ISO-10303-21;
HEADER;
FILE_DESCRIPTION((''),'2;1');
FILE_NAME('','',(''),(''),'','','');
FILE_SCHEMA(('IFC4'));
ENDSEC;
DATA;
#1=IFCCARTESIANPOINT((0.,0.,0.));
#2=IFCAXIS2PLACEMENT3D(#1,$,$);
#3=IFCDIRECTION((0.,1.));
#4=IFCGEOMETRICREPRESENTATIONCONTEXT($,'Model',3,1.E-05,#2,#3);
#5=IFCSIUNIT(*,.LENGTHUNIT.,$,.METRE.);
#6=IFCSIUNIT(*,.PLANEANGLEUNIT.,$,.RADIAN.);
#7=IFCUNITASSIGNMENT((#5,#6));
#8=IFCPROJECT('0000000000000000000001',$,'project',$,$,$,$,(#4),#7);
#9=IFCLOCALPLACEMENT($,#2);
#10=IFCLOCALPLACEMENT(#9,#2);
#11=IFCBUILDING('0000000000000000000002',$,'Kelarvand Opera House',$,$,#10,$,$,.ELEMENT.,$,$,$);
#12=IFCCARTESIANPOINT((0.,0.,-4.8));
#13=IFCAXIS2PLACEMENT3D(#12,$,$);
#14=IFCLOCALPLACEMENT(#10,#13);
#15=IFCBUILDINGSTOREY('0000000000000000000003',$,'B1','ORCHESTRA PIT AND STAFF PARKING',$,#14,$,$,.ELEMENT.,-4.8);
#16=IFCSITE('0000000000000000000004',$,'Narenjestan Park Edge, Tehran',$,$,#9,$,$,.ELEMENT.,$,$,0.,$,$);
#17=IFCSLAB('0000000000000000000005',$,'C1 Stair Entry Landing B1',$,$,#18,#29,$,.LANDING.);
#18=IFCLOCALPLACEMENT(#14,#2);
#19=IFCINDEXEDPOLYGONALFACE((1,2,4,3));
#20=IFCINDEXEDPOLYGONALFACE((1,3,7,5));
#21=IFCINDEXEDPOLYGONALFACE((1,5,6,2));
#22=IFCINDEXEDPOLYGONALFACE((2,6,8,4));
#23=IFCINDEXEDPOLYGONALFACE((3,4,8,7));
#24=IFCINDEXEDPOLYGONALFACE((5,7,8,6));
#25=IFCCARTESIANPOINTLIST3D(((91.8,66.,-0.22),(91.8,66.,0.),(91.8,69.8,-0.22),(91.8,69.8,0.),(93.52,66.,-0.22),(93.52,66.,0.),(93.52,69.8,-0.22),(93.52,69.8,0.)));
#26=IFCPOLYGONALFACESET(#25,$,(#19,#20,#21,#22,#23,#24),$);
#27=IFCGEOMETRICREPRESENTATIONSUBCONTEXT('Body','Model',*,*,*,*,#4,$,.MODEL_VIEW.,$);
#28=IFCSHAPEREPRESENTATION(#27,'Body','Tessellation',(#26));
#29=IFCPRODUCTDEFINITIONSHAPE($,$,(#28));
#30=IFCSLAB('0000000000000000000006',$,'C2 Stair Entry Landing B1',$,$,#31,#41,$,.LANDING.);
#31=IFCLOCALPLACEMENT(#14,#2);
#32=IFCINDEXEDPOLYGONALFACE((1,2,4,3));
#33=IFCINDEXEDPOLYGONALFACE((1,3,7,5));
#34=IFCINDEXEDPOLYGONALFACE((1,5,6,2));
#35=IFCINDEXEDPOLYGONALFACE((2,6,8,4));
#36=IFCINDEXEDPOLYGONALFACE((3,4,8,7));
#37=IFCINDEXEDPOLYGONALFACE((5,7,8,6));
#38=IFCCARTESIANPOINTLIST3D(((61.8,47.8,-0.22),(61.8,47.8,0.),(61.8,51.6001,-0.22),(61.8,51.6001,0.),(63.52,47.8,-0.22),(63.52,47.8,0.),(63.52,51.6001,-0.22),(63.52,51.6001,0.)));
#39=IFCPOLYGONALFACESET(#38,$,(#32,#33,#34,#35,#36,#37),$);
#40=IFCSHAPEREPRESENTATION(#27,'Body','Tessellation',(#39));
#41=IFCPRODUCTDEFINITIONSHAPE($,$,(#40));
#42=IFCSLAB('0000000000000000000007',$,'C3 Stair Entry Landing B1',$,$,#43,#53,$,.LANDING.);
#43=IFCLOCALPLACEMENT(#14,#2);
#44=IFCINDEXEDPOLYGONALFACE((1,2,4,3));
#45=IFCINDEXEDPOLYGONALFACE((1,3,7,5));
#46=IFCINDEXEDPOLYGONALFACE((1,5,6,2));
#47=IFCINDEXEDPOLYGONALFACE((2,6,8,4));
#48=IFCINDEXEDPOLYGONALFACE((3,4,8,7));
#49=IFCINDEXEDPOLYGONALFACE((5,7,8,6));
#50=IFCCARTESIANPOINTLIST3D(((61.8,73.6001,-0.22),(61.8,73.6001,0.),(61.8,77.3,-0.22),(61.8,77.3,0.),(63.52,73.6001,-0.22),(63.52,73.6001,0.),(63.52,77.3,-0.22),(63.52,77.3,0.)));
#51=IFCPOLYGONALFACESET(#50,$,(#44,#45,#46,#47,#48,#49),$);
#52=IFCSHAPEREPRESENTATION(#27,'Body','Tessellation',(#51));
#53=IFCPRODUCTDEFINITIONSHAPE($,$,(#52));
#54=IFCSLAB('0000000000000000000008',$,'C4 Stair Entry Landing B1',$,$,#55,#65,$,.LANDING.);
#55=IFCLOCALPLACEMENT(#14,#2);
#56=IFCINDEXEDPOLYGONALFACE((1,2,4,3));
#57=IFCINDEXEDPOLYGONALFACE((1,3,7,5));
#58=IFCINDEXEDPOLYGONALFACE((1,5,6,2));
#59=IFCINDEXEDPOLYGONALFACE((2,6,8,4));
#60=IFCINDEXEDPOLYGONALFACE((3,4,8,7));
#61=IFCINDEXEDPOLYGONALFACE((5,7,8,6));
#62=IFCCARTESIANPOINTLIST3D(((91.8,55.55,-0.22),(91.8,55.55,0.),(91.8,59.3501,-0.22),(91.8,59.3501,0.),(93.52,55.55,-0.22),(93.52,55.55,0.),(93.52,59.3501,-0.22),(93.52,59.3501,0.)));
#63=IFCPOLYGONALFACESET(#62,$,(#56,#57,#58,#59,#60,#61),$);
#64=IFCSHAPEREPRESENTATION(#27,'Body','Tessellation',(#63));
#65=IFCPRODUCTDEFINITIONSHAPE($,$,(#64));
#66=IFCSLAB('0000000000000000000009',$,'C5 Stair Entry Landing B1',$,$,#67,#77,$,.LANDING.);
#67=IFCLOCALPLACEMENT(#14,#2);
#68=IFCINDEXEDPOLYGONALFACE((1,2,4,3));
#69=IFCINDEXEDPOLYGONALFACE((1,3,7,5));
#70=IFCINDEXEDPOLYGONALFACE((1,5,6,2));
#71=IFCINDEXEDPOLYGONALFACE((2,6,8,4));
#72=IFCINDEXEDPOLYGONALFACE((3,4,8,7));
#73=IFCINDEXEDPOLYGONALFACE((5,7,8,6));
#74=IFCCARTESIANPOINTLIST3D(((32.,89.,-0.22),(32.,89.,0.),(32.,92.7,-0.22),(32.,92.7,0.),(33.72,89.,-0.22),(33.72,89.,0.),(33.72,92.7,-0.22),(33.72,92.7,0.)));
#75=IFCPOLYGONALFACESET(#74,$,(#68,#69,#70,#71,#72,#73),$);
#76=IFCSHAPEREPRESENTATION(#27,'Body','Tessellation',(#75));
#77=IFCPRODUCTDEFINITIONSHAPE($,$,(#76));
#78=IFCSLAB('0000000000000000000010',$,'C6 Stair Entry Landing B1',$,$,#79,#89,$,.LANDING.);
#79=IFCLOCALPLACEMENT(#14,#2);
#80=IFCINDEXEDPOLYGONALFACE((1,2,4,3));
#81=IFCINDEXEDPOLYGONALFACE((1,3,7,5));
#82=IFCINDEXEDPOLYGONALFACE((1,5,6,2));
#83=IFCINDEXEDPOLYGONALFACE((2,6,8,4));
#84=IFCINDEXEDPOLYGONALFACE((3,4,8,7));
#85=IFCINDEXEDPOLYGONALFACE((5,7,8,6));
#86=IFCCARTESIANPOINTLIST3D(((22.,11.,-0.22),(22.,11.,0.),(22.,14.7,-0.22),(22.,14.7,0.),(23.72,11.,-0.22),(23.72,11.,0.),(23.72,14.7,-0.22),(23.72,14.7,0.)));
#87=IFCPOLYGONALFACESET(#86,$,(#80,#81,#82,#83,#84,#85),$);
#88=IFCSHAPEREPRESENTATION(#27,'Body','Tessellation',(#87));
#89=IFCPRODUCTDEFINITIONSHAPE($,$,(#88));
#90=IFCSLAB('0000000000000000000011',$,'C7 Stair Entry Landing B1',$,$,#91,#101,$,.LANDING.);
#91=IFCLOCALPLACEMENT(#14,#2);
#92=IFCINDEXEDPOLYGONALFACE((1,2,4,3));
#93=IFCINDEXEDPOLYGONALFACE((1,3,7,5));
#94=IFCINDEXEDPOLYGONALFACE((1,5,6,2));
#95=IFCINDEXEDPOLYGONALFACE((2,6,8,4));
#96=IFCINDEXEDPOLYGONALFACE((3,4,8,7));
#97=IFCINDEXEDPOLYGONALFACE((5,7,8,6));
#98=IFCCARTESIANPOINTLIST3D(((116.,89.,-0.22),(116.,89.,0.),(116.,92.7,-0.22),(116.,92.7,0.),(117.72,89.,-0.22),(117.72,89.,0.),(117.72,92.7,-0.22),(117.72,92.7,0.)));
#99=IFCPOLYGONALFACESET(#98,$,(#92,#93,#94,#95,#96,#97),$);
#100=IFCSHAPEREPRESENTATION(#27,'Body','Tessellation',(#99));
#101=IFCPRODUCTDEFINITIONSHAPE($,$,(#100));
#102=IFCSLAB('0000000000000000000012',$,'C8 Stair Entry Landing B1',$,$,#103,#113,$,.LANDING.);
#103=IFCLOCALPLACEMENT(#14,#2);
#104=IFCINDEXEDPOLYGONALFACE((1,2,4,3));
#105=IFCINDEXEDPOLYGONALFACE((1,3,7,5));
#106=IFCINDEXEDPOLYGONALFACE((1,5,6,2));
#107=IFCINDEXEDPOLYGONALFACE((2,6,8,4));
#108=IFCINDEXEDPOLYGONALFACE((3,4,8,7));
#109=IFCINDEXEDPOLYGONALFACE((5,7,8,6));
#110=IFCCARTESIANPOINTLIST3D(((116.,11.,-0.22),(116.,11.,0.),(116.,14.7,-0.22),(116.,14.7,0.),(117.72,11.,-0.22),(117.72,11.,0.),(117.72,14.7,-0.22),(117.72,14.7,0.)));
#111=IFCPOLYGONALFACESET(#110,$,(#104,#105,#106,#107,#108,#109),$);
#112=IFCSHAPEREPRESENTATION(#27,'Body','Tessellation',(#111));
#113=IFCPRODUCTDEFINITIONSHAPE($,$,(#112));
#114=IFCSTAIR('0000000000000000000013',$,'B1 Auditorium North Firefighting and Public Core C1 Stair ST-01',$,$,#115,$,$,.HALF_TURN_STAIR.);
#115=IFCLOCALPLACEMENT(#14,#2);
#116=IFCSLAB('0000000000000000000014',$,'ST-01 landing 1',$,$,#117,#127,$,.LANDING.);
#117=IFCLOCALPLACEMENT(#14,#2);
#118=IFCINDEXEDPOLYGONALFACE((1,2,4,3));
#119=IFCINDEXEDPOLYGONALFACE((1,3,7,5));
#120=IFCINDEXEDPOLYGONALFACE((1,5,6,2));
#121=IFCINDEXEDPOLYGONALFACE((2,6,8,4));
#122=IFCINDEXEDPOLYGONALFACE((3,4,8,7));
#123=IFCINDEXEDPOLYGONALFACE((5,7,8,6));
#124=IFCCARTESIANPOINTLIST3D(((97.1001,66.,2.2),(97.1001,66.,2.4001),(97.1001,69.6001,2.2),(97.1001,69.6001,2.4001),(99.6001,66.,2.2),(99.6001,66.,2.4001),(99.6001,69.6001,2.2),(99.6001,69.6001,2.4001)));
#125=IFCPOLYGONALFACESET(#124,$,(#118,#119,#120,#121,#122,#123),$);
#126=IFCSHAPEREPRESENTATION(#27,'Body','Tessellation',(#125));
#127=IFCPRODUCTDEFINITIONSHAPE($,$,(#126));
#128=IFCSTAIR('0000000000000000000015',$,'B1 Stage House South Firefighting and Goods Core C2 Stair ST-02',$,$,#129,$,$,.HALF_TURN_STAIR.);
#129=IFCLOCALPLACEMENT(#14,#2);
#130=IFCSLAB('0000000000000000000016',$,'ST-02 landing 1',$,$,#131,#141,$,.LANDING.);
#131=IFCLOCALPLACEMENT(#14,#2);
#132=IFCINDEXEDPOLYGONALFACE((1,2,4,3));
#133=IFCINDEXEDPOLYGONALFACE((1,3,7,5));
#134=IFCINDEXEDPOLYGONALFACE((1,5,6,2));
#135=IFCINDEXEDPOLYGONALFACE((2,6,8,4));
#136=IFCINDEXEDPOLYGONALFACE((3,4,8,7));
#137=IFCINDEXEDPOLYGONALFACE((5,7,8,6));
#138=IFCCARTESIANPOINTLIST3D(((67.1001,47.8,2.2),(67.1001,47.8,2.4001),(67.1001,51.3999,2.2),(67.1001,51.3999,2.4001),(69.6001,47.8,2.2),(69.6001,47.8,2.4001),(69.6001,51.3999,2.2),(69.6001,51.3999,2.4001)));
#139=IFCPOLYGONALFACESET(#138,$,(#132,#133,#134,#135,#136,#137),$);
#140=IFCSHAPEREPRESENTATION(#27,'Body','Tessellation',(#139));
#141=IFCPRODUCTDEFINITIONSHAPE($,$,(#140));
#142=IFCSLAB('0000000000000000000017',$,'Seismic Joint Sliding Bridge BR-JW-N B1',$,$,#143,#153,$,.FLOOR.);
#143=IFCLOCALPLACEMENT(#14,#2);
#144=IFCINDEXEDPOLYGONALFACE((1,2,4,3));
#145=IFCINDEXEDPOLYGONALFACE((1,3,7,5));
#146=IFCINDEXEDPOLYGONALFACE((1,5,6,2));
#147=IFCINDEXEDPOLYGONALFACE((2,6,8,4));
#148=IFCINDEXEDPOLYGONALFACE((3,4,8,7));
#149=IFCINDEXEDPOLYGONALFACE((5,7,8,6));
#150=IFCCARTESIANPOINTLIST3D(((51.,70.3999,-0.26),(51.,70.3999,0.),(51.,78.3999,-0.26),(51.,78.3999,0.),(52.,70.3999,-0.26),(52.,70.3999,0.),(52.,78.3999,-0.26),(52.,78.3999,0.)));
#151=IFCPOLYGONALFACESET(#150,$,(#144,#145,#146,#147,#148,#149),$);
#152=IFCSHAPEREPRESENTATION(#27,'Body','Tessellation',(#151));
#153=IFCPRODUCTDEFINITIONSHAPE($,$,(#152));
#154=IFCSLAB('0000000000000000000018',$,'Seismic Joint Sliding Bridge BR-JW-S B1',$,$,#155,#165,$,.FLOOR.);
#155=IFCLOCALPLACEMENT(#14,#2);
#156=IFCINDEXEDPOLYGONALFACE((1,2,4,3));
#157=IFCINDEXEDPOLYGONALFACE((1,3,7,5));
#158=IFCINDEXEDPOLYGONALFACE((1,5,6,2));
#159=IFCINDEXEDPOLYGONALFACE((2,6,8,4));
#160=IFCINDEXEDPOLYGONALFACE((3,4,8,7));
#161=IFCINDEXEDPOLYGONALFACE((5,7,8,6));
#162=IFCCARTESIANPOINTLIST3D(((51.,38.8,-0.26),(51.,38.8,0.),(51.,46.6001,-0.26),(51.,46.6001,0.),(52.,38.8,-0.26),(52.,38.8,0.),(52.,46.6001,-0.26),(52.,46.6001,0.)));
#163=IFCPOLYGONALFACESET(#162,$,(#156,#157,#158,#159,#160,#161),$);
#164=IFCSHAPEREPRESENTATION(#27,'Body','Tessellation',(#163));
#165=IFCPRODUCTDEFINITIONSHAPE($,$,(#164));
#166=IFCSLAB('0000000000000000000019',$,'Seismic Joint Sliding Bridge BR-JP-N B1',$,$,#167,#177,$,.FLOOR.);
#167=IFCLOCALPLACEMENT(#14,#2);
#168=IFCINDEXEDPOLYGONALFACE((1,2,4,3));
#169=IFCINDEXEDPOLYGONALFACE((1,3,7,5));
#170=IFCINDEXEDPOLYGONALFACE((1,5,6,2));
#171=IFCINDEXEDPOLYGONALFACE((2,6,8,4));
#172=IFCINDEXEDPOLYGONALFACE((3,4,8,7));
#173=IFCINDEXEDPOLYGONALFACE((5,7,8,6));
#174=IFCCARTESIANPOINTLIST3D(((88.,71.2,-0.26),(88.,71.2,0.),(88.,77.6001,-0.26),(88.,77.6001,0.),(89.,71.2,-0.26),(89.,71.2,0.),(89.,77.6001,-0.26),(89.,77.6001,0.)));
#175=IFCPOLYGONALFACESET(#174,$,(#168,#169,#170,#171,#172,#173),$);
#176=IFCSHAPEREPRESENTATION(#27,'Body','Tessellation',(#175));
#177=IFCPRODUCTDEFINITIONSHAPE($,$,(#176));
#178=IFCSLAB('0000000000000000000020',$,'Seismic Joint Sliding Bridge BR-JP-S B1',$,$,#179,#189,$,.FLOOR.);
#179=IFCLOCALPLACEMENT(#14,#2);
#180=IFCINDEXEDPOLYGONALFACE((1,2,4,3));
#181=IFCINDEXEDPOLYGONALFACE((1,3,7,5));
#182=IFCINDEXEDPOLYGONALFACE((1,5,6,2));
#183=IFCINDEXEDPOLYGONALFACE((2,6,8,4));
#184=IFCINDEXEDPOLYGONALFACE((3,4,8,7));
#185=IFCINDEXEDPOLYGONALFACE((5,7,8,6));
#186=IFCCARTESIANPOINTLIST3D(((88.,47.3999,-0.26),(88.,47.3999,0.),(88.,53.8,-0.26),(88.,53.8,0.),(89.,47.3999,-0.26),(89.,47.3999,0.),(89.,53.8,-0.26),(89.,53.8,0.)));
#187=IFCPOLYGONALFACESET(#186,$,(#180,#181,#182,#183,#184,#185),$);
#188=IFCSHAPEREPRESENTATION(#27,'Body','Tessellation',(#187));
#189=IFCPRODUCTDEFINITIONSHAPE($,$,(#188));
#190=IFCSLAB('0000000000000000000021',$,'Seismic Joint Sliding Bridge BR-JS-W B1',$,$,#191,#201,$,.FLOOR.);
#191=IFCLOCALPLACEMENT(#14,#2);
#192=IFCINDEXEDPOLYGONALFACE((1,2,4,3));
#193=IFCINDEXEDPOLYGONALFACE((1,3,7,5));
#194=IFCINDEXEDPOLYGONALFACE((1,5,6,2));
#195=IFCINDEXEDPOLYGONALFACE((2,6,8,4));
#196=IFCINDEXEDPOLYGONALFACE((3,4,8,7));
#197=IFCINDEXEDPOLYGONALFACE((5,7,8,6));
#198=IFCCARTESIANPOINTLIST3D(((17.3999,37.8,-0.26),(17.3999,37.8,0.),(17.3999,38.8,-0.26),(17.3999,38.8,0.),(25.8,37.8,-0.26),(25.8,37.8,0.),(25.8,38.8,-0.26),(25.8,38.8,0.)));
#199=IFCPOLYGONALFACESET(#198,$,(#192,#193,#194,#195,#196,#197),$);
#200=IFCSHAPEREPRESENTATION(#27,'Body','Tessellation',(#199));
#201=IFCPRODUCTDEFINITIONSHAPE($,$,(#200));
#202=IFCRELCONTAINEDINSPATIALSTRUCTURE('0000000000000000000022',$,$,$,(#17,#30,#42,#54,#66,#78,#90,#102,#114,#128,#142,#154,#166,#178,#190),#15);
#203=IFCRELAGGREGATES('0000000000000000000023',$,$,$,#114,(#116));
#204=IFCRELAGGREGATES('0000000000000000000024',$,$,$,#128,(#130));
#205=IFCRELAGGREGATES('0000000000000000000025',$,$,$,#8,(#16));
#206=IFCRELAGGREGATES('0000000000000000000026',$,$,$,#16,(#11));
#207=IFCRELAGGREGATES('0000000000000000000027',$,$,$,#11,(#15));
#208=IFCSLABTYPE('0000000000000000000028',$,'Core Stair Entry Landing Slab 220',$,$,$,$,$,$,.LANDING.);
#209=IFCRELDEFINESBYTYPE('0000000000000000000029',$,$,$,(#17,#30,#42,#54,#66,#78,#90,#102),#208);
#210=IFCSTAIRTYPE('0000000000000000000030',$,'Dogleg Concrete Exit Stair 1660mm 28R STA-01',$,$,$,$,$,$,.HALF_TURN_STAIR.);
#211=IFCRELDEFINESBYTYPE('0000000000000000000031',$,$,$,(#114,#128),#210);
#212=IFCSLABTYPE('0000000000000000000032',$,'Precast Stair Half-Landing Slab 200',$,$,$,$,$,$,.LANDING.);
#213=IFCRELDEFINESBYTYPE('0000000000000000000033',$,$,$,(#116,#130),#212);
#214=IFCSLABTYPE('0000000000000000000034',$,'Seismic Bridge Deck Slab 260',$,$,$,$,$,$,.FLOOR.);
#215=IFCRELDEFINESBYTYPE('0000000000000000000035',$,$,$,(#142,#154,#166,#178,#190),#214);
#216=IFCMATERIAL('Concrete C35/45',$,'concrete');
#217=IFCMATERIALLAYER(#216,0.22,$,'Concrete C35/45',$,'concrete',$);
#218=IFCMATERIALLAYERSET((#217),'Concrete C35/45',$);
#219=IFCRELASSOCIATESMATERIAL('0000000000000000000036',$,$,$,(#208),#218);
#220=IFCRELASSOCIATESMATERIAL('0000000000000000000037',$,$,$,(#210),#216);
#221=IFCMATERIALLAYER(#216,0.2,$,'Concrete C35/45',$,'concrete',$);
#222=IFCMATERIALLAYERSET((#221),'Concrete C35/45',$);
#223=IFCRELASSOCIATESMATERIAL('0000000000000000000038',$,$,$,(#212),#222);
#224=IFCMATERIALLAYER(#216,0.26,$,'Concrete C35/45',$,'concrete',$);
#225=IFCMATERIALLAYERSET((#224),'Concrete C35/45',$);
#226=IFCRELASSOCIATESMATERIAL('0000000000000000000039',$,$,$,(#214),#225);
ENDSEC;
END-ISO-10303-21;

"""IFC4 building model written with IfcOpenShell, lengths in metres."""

from ifc_helpers import new_model, si_unit, direction, frame, origin, place, context, subcontext, project, spatial, polyline, outline, extrude, material, layer, layer_set, type_object, element, aggregate, save


model = new_model("IFC4")

# Units and contexts
model_context = context("Model", 3, precision=1e-05, world=origin(), true_north=direction((0.0, 1.0)))
body_context = subcontext(model_context, "Body", "Model", "MODEL_VIEW")
ifc_project = project(units=[si_unit("LENGTHUNIT", "METRE"), si_unit("PLANEANGLEUNIT", "RADIAN")], contexts=[model_context])

# Site, building, storey
site_placement = place(None, origin())
site = spatial("IfcSite", under=ifc_project, at=site_placement, Name="Narenjestan Park Edge, Tehran", CompositionType="ELEMENT", RefElevation=0.0)
building_placement = place(site_placement, origin())
building = spatial("IfcBuilding", under=site, at=building_placement, Name="Kelarvand Opera House", CompositionType="ELEMENT")
storey_placement = place(building_placement, frame((0.0, 0.0, -4.8)))
storey = spatial("IfcBuildingStorey", under=building, at=storey_placement, Name="B1", Description="ORCHESTRA PIT AND STAFF PARKING", CompositionType="ELEMENT", Elevation=-4.8)

# Slabs
ifc_material = material(Name="Concrete C35/45", Category="concrete")
ifc_layer_1 = layer(ifc_material, 0.22, Name="Concrete C35/45", Category="concrete")
ifc_layer_set_1 = layer_set([ifc_layer_1], Name="Concrete C35/45")
slab_type_1 = type_object("IfcSlabType", Name="Core Stair Entry Landing Slab 220", PredefinedType="LANDING", material=ifc_layer_set_1)
slab_1_placement = place(storey_placement, frame((0.0, 0.0, -0.22)))
element("IfcSlab", 1, at=slab_1_placement, inside=storey, type_object=slab_type_1, Name="C1 Stair Entry Landing B1", PredefinedType="LANDING", context=body_context, shape_type="SweptSolid", body=[
    extrude(outline(polyline([(91.8, 66.0), (93.52, 66.0), (93.52, 69.8), (91.8, 69.8), (91.8, 66.0)])), origin(), (0.0, 0.0, 1.0), 0.22),
])
slab_2_placement = place(storey_placement, frame((0.0, 0.0, -0.22)))
element("IfcSlab", 2, at=slab_2_placement, inside=storey, type_object=slab_type_1, Name="C2 Stair Entry Landing B1", PredefinedType="LANDING", context=body_context, shape_type="SweptSolid", body=[
    extrude(outline(polyline([(61.8, 47.8), (63.52, 47.8), (63.52, 51.6001), (61.8, 51.6001), (61.8, 47.8)])), origin(), (0.0, 0.0, 1.0), 0.22),
])
slab_3_placement = place(storey_placement, frame((0.0, 0.0, -0.22)))
element("IfcSlab", 3, at=slab_3_placement, inside=storey, type_object=slab_type_1, Name="C3 Stair Entry Landing B1", PredefinedType="LANDING", context=body_context, shape_type="SweptSolid", body=[
    extrude(outline(polyline([(61.8, 73.6001), (63.52, 73.6001), (63.52, 77.3), (61.8, 77.3), (61.8, 73.6001)])), origin(), (0.0, 0.0, 1.0), 0.22),
])
slab_4_placement = place(storey_placement, frame((0.0, 0.0, -0.22)))
element("IfcSlab", 4, at=slab_4_placement, inside=storey, type_object=slab_type_1, Name="C4 Stair Entry Landing B1", PredefinedType="LANDING", context=body_context, shape_type="SweptSolid", body=[
    extrude(outline(polyline([(91.8, 55.55), (93.52, 55.55), (93.52, 59.3501), (91.8, 59.3501), (91.8, 55.55)])), origin(), (0.0, 0.0, 1.0), 0.22),
])
slab_5_placement = place(storey_placement, frame((0.0, 0.0, -0.22)))
element("IfcSlab", 5, at=slab_5_placement, inside=storey, type_object=slab_type_1, Name="C5 Stair Entry Landing B1", PredefinedType="LANDING", context=body_context, shape_type="SweptSolid", body=[
    extrude(outline(polyline([(32.0, 89.0), (33.72, 89.0), (33.72, 92.7), (32.0, 92.7), (32.0, 89.0)])), origin(), (0.0, 0.0, 1.0), 0.22),
])
slab_6_placement = place(storey_placement, frame((0.0, 0.0, -0.22)))
element("IfcSlab", 6, at=slab_6_placement, inside=storey, type_object=slab_type_1, Name="C6 Stair Entry Landing B1", PredefinedType="LANDING", context=body_context, shape_type="SweptSolid", body=[
    extrude(outline(polyline([(22.0, 11.0), (23.72, 11.0), (23.72, 14.7), (22.0, 14.7), (22.0, 11.0)])), origin(), (0.0, 0.0, 1.0), 0.22),
])
slab_7_placement = place(storey_placement, frame((0.0, 0.0, -0.22)))
element("IfcSlab", 7, at=slab_7_placement, inside=storey, type_object=slab_type_1, Name="C7 Stair Entry Landing B1", PredefinedType="LANDING", context=body_context, shape_type="SweptSolid", body=[
    extrude(outline(polyline([(116.0, 89.0), (117.72, 89.0), (117.72, 92.7), (116.0, 92.7), (116.0, 89.0)])), origin(), (0.0, 0.0, 1.0), 0.22),
])
slab_8_placement = place(storey_placement, frame((0.0, 0.0, -0.22)))
element("IfcSlab", 8, at=slab_8_placement, inside=storey, type_object=slab_type_1, Name="C8 Stair Entry Landing B1", PredefinedType="LANDING", context=body_context, shape_type="SweptSolid", body=[
    extrude(outline(polyline([(116.0, 11.0), (117.72, 11.0), (117.72, 14.7), (116.0, 14.7), (116.0, 11.0)])), origin(), (0.0, 0.0, 1.0), 0.22),
])

# Stairs, slabs
stair_type = type_object("IfcStairType", Name="Dogleg Concrete Exit Stair 1660mm 28R STA-01", PredefinedType="HALF_TURN_STAIR", material=ifc_material)
stair_1_placement = place(storey_placement, origin())
stair_1 = element("IfcStair", 9, at=stair_1_placement, inside=storey, type_object=stair_type, Name="B1 Auditorium North Firefighting and Public Core C1 Stair ST-01", PredefinedType="HALF_TURN_STAIR")
ifc_layer_2 = layer(ifc_material, 0.2, Name="Concrete C35/45", Category="concrete")
ifc_layer_set_2 = layer_set([ifc_layer_2], Name="Concrete C35/45")
slab_type_2 = type_object("IfcSlabType", Name="Precast Stair Half-Landing Slab 200", PredefinedType="LANDING", material=ifc_layer_set_2)
slab_9_placement = place(storey_placement, frame((0.0, 0.0, 2.2)))
slab_9 = element("IfcSlab", 10, at=slab_9_placement, type_object=slab_type_2, Name="ST-01 landing 1", PredefinedType="LANDING", context=body_context, shape_type="SweptSolid", body=[
    extrude(outline(polyline([(97.1001, 66.0), (99.6001, 66.0), (99.6001, 69.6001), (97.1001, 69.6001), (97.1001, 66.0)])), origin(), (0.0, 0.0, 1.0), 0.2002),
])
aggregate(stair_1, [slab_9])
stair_2_placement = place(storey_placement, origin())
stair_2 = element("IfcStair", 11, at=stair_2_placement, inside=storey, type_object=stair_type, Name="B1 Stage House South Firefighting and Goods Core C2 Stair ST-02", PredefinedType="HALF_TURN_STAIR")
slab_10_placement = place(storey_placement, frame((0.0, 0.0, 2.2)))
slab_10 = element("IfcSlab", 12, at=slab_10_placement, type_object=slab_type_2, Name="ST-02 landing 1", PredefinedType="LANDING", context=body_context, shape_type="SweptSolid", body=[
    extrude(outline(polyline([(67.1001, 47.8), (69.6001, 47.8), (69.6001, 51.3999), (67.1001, 51.3999), (67.1001, 47.8)])), origin(), (0.0, 0.0, 1.0), 0.2002),
])
aggregate(stair_2, [slab_10])

# Slabs
ifc_layer_3 = layer(ifc_material, 0.26, Name="Concrete C35/45", Category="concrete")
ifc_layer_set_3 = layer_set([ifc_layer_3], Name="Concrete C35/45")
slab_type_3 = type_object("IfcSlabType", Name="Seismic Bridge Deck Slab 260", PredefinedType="FLOOR", material=ifc_layer_set_3)
slab_11_placement = place(storey_placement, frame((0.0, 0.0, -0.26)))
element("IfcSlab", 13, at=slab_11_placement, inside=storey, type_object=slab_type_3, Name="Seismic Joint Sliding Bridge BR-JW-N B1", PredefinedType="FLOOR", context=body_context, shape_type="SweptSolid", body=[
    extrude(outline(polyline([(51.0, 70.3999), (52.0, 70.3999), (52.0, 78.3999), (51.0, 78.3999), (51.0, 70.3999)])), origin(), (0.0, 0.0, 1.0), 0.26),
])
slab_12_placement = place(storey_placement, frame((0.0, 0.0, -0.26)))
element("IfcSlab", 14, at=slab_12_placement, inside=storey, type_object=slab_type_3, Name="Seismic Joint Sliding Bridge BR-JW-S B1", PredefinedType="FLOOR", context=body_context, shape_type="SweptSolid", body=[
    extrude(outline(polyline([(51.0, 38.8), (52.0, 38.8), (52.0, 46.6001), (51.0, 46.6001), (51.0, 38.8)])), origin(), (0.0, 0.0, 1.0), 0.26),
])
slab_13_placement = place(storey_placement, frame((0.0, 0.0, -0.26)))
element("IfcSlab", 15, at=slab_13_placement, inside=storey, type_object=slab_type_3, Name="Seismic Joint Sliding Bridge BR-JP-N B1", PredefinedType="FLOOR", context=body_context, shape_type="SweptSolid", body=[
    extrude(outline(polyline([(88.0, 71.2), (89.0, 71.2), (89.0, 77.6001), (88.0, 77.6001), (88.0, 71.2)])), origin(), (0.0, 0.0, 1.0), 0.26),
])
slab_14_placement = place(storey_placement, frame((0.0, 0.0, -0.26)))
element("IfcSlab", 16, at=slab_14_placement, inside=storey, type_object=slab_type_3, Name="Seismic Joint Sliding Bridge BR-JP-S B1", PredefinedType="FLOOR", context=body_context, shape_type="SweptSolid", body=[
    extrude(outline(polyline([(88.0, 47.3999), (89.0, 47.3999), (89.0, 53.8), (88.0, 53.8), (88.0, 47.3999)])), origin(), (0.0, 0.0, 1.0), 0.26),
])
slab_15_placement = place(storey_placement, frame((0.0, 0.0, -0.26)))
element("IfcSlab", 17, at=slab_15_placement, inside=storey, type_object=slab_type_3, Name="Seismic Joint Sliding Bridge BR-JS-W B1", PredefinedType="FLOOR", context=body_context, shape_type="SweptSolid", body=[
    extrude(outline(polyline([(17.3999, 37.8), (25.8, 37.8), (25.8, 38.8), (17.3999, 38.8), (17.3999, 37.8)])), origin(), (0.0, 0.0, 1.0), 0.26),
])

save(model, "model.ifc")
